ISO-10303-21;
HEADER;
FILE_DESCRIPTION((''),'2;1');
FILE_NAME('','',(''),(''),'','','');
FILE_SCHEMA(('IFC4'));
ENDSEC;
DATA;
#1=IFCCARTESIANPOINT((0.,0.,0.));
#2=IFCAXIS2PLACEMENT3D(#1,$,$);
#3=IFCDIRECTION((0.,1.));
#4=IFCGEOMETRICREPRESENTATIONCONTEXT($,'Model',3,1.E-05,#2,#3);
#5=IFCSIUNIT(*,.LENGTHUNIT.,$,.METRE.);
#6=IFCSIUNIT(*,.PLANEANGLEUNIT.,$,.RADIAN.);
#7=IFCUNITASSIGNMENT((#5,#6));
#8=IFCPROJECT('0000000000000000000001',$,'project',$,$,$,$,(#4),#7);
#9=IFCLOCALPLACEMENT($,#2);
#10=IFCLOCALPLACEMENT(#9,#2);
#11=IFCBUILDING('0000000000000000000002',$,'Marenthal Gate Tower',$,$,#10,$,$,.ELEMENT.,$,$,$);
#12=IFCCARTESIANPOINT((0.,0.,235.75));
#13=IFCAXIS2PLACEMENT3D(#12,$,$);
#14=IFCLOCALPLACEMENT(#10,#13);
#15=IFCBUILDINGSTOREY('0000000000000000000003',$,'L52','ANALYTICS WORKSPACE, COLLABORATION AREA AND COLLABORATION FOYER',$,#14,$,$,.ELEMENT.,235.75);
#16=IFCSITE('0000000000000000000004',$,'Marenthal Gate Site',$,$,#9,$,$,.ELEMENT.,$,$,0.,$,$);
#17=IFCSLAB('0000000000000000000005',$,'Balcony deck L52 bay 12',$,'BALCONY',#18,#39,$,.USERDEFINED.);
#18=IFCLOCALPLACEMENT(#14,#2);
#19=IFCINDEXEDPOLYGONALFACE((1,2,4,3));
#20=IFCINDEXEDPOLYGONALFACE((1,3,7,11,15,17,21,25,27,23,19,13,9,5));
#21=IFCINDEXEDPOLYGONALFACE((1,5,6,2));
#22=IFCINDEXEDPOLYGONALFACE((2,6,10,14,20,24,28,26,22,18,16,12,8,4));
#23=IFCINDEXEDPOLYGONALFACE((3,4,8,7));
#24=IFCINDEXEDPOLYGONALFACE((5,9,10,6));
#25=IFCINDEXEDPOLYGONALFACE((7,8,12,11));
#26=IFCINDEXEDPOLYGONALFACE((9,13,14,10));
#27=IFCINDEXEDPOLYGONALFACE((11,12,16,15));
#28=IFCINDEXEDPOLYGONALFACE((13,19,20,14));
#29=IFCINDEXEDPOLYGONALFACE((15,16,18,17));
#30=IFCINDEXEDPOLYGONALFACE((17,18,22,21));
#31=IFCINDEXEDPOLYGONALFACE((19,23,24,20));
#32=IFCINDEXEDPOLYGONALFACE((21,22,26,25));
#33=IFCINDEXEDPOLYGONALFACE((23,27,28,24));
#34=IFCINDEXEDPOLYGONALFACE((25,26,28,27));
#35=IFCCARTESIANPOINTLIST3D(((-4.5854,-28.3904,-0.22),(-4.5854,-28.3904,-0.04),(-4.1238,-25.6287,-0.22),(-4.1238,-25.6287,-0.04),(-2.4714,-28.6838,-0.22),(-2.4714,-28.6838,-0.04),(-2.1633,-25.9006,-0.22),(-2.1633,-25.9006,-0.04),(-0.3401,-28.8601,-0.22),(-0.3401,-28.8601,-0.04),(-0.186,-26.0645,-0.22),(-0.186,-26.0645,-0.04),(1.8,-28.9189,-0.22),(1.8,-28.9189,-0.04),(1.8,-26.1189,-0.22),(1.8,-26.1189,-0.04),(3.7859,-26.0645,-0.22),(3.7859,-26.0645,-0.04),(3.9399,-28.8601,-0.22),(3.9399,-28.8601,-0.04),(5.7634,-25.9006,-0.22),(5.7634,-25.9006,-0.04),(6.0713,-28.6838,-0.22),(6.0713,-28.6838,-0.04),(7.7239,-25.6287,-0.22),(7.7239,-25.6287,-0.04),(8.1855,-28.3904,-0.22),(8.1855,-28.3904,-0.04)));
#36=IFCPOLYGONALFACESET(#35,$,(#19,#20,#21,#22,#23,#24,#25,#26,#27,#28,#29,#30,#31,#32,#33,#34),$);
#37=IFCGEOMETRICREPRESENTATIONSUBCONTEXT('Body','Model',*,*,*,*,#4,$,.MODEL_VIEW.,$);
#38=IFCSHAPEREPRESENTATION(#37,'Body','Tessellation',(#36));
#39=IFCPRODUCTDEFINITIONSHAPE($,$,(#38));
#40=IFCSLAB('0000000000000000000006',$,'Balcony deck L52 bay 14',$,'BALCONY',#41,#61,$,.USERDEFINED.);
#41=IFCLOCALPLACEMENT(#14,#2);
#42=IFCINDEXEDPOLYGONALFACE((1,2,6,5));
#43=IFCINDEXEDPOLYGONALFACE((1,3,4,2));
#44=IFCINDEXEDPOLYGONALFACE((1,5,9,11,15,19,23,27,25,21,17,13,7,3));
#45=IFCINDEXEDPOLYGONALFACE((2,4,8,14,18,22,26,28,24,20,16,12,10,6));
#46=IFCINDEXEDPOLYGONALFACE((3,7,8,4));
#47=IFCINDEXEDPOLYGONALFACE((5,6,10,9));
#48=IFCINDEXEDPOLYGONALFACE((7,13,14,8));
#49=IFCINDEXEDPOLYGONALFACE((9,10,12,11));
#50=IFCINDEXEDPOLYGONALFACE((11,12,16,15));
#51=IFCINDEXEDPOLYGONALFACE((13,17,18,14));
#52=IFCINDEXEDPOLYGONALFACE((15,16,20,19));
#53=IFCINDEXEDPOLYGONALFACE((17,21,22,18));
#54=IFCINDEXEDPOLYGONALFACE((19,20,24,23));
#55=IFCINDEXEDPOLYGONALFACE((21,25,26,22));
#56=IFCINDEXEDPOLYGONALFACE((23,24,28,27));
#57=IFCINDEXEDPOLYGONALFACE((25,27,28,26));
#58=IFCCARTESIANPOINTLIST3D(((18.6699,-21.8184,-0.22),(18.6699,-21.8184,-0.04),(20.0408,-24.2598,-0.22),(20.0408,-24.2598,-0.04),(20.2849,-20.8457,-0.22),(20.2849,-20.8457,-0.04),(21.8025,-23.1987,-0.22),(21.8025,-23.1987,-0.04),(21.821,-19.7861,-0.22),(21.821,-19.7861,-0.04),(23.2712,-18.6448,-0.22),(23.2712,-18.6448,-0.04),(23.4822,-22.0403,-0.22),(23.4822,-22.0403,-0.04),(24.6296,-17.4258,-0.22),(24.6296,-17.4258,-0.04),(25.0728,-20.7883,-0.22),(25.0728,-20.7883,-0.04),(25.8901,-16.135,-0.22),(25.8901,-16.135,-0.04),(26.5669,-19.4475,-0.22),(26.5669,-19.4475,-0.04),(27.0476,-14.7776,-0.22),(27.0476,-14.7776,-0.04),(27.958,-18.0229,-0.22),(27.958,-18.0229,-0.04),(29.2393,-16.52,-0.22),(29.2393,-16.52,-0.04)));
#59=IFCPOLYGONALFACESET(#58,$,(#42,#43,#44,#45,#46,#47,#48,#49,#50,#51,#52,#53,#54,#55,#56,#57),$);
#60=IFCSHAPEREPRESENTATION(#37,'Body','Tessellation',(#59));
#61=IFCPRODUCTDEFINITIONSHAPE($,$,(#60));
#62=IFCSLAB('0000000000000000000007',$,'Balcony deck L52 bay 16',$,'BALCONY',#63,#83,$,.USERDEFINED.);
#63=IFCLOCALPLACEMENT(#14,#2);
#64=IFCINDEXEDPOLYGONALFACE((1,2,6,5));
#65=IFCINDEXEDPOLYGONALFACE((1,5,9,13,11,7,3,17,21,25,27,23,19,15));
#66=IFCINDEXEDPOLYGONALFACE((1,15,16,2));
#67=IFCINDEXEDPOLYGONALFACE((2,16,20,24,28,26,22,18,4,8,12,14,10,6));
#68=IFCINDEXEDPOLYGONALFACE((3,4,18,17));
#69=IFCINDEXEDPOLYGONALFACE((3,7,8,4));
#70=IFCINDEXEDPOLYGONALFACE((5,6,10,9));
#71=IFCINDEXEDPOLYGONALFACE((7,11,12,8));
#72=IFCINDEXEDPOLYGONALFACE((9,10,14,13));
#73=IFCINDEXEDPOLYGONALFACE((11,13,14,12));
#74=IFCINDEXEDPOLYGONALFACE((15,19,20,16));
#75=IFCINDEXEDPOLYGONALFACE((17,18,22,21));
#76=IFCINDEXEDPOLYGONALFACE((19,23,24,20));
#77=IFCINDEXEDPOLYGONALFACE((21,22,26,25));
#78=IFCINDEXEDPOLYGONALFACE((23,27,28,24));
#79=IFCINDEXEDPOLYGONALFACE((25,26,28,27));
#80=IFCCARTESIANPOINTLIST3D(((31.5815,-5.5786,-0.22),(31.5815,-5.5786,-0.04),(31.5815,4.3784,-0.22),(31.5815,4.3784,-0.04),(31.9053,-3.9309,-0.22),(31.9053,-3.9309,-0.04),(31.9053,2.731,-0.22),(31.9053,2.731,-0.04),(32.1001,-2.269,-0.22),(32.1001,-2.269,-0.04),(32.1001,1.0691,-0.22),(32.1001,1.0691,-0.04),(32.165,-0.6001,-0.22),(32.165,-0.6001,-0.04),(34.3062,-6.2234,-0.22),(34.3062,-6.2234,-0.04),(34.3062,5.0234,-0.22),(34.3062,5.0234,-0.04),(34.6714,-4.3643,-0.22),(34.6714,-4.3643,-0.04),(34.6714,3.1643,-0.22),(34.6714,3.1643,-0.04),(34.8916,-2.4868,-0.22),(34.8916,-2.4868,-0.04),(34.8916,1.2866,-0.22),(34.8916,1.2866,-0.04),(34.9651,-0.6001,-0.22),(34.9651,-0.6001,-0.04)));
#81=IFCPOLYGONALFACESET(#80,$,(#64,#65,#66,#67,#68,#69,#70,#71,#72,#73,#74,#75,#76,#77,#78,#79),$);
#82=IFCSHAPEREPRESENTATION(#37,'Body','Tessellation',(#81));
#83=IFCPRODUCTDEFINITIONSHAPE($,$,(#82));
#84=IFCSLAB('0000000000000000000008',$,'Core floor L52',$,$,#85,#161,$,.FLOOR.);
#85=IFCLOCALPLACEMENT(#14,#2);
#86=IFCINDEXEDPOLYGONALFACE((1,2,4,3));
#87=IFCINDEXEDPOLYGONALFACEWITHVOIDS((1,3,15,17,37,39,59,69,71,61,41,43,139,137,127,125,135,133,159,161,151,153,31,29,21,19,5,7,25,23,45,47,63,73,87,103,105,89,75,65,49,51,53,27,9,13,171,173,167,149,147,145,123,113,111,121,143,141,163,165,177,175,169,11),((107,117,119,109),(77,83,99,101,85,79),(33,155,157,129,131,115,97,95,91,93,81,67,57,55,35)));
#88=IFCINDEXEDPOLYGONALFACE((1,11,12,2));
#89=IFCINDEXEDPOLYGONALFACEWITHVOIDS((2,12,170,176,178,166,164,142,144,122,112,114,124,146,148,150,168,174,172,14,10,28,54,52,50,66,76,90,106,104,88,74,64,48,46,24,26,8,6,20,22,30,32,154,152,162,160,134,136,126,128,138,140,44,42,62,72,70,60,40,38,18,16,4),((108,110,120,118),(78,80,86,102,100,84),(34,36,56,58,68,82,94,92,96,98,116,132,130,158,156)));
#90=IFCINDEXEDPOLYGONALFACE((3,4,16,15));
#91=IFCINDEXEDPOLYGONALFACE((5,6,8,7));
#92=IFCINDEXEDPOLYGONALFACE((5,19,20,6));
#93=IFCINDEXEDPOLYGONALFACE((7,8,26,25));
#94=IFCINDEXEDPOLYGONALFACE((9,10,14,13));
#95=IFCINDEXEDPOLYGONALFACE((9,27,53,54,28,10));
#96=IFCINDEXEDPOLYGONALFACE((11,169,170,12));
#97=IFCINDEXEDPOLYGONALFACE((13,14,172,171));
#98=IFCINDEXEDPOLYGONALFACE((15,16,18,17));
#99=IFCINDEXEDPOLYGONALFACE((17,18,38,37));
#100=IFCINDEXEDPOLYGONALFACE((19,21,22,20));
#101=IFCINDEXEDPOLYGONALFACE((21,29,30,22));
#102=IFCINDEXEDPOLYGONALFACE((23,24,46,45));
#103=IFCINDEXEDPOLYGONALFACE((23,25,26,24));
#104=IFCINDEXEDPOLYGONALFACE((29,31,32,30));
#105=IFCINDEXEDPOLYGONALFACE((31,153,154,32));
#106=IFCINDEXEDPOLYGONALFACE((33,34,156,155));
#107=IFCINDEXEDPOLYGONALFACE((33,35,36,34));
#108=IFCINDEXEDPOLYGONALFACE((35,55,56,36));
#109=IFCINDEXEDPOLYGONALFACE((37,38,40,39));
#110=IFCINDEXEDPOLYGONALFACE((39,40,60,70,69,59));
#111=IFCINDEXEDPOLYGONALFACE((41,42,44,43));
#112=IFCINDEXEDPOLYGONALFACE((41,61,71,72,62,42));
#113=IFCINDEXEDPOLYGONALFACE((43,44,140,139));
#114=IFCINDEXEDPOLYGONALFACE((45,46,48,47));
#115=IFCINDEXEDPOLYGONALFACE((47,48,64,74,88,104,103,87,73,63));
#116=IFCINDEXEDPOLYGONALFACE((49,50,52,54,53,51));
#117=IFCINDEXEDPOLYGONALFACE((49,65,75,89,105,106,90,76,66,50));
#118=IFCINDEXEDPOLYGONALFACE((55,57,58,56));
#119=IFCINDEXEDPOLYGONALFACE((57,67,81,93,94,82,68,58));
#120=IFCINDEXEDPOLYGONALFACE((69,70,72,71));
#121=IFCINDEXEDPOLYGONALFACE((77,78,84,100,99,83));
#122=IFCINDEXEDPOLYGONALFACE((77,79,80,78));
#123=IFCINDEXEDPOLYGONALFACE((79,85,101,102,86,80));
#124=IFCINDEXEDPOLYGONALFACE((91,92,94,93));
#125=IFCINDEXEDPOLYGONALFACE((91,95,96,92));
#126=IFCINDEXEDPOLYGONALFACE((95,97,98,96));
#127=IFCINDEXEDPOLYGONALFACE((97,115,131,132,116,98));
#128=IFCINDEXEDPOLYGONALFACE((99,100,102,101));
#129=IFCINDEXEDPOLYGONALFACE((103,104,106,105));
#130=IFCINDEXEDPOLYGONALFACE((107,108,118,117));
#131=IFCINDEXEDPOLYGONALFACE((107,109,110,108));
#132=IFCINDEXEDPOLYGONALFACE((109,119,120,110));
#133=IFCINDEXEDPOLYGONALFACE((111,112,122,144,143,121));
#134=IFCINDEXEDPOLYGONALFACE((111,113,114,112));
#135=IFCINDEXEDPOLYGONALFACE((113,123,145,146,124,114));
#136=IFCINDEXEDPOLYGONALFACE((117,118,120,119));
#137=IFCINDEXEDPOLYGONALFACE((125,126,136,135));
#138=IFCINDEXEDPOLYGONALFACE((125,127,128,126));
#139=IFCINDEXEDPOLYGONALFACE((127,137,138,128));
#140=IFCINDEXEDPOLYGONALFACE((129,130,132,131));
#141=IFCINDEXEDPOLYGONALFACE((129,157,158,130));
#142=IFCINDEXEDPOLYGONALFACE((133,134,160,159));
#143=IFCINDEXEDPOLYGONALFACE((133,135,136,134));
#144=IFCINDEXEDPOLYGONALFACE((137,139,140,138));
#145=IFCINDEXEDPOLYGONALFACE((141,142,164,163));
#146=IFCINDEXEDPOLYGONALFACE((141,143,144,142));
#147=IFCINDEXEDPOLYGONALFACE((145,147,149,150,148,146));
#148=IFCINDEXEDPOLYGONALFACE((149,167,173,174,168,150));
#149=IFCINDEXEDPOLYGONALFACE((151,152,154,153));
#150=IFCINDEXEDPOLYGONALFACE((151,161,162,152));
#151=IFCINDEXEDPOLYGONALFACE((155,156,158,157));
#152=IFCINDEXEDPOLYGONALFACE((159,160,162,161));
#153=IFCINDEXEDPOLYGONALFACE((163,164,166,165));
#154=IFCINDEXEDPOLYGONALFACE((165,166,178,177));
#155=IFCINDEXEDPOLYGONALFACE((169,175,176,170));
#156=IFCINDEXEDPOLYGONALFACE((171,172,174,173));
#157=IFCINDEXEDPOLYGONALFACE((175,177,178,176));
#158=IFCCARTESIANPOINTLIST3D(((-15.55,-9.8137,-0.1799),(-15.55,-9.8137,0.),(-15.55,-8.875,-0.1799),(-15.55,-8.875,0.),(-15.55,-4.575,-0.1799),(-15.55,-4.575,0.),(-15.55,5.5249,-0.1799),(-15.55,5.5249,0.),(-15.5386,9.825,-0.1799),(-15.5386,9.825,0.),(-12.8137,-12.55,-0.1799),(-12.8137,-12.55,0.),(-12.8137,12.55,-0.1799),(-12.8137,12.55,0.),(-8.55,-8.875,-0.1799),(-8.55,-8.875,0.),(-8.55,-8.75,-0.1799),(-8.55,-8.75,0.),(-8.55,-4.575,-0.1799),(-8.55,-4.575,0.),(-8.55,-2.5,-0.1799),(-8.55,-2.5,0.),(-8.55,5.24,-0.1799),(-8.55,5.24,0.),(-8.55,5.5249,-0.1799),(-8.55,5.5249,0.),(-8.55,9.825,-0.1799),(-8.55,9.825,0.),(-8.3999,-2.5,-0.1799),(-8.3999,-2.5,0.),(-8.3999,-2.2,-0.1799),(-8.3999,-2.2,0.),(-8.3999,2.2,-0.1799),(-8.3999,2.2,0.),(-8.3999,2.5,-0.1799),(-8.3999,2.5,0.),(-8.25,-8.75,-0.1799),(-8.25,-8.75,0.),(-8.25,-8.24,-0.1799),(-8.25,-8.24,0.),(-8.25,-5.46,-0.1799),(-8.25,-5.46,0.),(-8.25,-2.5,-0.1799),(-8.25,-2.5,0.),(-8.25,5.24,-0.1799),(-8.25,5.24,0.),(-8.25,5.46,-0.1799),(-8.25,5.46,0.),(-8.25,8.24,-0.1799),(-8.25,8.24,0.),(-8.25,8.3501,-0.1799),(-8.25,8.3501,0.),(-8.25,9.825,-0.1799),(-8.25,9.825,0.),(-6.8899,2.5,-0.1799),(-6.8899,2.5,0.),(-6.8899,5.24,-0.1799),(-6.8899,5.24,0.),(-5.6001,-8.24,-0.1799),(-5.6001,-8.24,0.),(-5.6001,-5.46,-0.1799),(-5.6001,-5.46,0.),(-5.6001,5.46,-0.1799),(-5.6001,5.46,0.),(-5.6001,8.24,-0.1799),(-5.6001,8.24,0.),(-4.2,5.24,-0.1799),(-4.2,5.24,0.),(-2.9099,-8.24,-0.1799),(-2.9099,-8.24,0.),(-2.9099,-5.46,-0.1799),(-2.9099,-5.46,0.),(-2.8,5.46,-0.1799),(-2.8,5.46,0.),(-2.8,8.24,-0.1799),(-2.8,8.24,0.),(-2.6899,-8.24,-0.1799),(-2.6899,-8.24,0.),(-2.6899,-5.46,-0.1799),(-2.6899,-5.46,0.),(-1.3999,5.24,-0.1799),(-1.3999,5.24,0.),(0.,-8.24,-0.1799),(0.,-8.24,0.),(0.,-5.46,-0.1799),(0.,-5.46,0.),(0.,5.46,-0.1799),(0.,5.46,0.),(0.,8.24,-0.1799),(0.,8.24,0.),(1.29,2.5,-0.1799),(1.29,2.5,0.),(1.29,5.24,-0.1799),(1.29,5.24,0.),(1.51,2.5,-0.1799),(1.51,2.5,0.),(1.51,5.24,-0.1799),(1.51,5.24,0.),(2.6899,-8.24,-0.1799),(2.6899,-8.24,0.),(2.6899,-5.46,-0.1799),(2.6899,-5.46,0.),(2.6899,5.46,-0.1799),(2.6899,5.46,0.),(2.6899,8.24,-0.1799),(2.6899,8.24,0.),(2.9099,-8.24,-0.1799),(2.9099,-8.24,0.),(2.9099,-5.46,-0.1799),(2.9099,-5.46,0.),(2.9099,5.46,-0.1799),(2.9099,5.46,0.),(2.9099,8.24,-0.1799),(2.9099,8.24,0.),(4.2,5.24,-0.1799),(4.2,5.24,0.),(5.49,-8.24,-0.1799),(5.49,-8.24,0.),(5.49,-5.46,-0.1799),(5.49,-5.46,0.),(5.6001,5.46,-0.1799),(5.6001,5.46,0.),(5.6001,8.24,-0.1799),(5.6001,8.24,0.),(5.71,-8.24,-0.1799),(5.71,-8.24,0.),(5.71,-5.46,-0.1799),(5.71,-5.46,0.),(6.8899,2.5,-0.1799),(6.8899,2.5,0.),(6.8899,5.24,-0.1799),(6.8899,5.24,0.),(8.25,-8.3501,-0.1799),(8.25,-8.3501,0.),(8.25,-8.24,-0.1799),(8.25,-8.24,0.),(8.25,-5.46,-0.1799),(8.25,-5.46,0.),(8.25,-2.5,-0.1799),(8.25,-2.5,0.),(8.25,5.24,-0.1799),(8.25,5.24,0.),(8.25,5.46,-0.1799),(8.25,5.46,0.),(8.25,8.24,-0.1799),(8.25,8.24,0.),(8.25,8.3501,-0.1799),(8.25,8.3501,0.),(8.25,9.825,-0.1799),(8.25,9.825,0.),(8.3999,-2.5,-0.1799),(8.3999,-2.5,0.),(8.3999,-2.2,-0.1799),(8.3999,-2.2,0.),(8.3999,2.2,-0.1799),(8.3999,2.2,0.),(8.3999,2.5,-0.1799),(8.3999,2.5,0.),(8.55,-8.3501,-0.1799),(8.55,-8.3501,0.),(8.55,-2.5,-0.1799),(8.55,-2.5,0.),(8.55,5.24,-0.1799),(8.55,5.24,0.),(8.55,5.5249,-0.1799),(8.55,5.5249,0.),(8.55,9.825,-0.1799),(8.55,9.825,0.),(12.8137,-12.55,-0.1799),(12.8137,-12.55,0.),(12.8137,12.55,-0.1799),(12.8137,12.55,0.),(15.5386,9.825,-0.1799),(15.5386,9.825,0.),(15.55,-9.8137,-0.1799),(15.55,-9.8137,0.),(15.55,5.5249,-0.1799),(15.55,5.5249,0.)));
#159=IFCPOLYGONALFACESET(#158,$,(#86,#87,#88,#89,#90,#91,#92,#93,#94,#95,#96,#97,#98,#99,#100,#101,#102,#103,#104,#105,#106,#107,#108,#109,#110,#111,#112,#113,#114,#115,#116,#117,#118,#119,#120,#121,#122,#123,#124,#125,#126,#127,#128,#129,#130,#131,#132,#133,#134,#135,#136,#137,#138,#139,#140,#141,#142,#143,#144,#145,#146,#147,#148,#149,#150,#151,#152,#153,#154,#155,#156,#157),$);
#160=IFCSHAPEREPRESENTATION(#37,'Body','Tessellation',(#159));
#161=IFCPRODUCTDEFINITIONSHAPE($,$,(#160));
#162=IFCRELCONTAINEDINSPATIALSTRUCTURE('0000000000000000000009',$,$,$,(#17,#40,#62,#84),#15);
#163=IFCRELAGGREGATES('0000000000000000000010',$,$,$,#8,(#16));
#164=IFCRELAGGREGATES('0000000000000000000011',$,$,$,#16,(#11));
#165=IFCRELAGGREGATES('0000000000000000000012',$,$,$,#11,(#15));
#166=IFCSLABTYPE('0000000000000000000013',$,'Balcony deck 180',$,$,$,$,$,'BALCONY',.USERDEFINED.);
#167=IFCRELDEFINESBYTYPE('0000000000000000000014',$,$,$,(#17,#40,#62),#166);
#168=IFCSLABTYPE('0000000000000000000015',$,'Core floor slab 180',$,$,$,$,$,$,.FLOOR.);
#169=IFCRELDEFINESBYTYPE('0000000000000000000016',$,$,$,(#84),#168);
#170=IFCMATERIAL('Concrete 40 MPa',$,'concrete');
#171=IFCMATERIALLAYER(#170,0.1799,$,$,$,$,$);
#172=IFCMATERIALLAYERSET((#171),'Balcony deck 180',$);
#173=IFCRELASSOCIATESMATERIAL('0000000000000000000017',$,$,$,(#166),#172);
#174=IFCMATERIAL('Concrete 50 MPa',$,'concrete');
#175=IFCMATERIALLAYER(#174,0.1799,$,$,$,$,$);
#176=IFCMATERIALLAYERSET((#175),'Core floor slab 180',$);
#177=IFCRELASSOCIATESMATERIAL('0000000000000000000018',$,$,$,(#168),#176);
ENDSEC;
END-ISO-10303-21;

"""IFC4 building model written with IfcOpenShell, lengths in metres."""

from ifc_helpers import new_model, si_unit, direction, frame, origin, place, context, subcontext, project, spatial, polyline, outline, extrude, material, layer, layer_set, type_object, element, save


model = new_model("IFC4")

# Units and contexts
model_context = context("Model", 3, precision=1e-05, world=origin(), true_north=direction((0.0, 1.0)))
body_context = subcontext(model_context, "Body", "Model", "MODEL_VIEW")
ifc_project = project(units=[si_unit("LENGTHUNIT", "METRE"), si_unit("PLANEANGLEUNIT", "RADIAN")], contexts=[model_context])

# Site, building, storey
site_placement = place(None, origin())
site = spatial("IfcSite", under=ifc_project, at=site_placement, Name="Marenthal Gate Site", CompositionType="ELEMENT", RefElevation=0.0)
building_placement = place(site_placement, origin())
building = spatial("IfcBuilding", under=site, at=building_placement, Name="Marenthal Gate Tower", CompositionType="ELEMENT")
storey_placement = place(building_placement, frame((0.0, 0.0, 235.75)))
storey = spatial("IfcBuildingStorey", under=building, at=storey_placement, Name="L52", Description="ANALYTICS WORKSPACE, COLLABORATION AREA AND COLLABORATION FOYER", CompositionType="ELEMENT", Elevation=235.75)

# Slabs
ifc_material_1 = material(Name="Concrete 40 MPa", Category="concrete")
ifc_layer_1 = layer(ifc_material_1, 0.1799)
ifc_layer_set_1 = layer_set([ifc_layer_1], Name="Balcony deck 180")
slab_type_1 = type_object("IfcSlabType", Name="Balcony deck 180", ElementType="BALCONY", PredefinedType="USERDEFINED", material=ifc_layer_set_1)
slab_1_placement = place(storey_placement, frame((0.0, 0.0, -0.22)))
element("IfcSlab", 1, at=slab_1_placement, inside=storey, type_object=slab_type_1, Name="Balcony deck L52 bay 12", ObjectType="BALCONY", PredefinedType="USERDEFINED", context=body_context, shape_type="SweptSolid", body=[
    extrude(outline(polyline([(-4.1238, -25.6287), (-2.1633, -25.9006), (-0.186, -26.0645), (1.8, -26.1189), (3.7859, -26.0645), (5.7634, -25.9006), (7.7239, -25.6287), (8.1855, -28.3904), (6.0713, -28.6838), (3.9399, -28.8601), (1.8, -28.9189), (-0.3401, -28.8601), (-2.4714, -28.6838), (-4.5854, -28.3904), (-4.1238, -25.6287)])), origin(), (0.0, 0.0, 1.0), 0.1799),
])
slab_2_placement = place(storey_placement, frame((0.0, 0.0, -0.22)))
element("IfcSlab", 2, at=slab_2_placement, inside=storey, type_object=slab_type_1, Name="Balcony deck L52 bay 14", ObjectType="BALCONY", PredefinedType="USERDEFINED", context=body_context, shape_type="SweptSolid", body=[
    extrude(outline(polyline([(18.6699, -21.8184), (20.2849, -20.8457), (21.821, -19.7861), (23.2712, -18.6448), (24.6296, -17.4258), (25.8901, -16.135), (27.0476, -14.7776), (29.2393, -16.52), (27.958, -18.0229), (26.5669, -19.4475), (25.0728, -20.7883), (23.4822, -22.0403), (21.8025, -23.1987), (20.0408, -24.2598), (18.6699, -21.8184)])), origin(), (0.0, 0.0, 1.0), 0.1799),
])
slab_3_placement = place(storey_placement, frame((0.0, 0.0, -0.22)))
element("IfcSlab", 3, at=slab_3_placement, inside=storey, type_object=slab_type_1, Name="Balcony deck L52 bay 16", ObjectType="BALCONY", PredefinedType="USERDEFINED", context=body_context, shape_type="SweptSolid", body=[
    extrude(outline(polyline([(31.5815, -5.5786), (31.9053, -3.9309), (32.1001, -2.269), (32.165, -0.6001), (32.1001, 1.0691), (31.9053, 2.731), (31.5815, 4.3784), (34.3062, 5.0234), (34.6714, 3.1643), (34.8916, 1.2866), (34.9651, -0.6001), (34.8916, -2.4868), (34.6714, -4.3643), (34.3062, -6.2234), (31.5815, -5.5786)])), origin(), (0.0, 0.0, 1.0), 0.1799),
])
ifc_material_2 = material(Name="Concrete 50 MPa", Category="concrete")
ifc_layer_2 = layer(ifc_material_2, 0.1799)
ifc_layer_set_2 = layer_set([ifc_layer_2], Name="Core floor slab 180")
slab_type_2 = type_object("IfcSlabType", Name="Core floor slab 180", PredefinedType="FLOOR", material=ifc_layer_set_2)
slab_4_placement = place(storey_placement, frame((0.0, 0.0, -0.1799)))
element("IfcSlab", 4, at=slab_4_placement, inside=storey, type_object=slab_type_2, Name="Core floor L52", PredefinedType="FLOOR", context=body_context, shape_type="SweptSolid", body=[
    extrude(outline(polyline([(12.8137, -12.55), (-12.8137, -12.55), (-15.55, -9.8137), (-15.55, -8.875), (-8.55, -8.875), (-8.55, -8.75), (-8.25, -8.75), (-8.25, -8.24), (-5.6001, -8.24), (-2.9099, -8.24), (-2.9099, -5.46), (-5.6001, -5.46), (-8.25, -5.46), (-8.25, -2.5), (8.25, -2.5), (8.25, -5.46), (5.71, -5.46), (5.71, -8.24), (8.25, -8.24), (8.25, -8.3501), (8.55, -8.3501), (8.55, -2.5), (8.3999, -2.5), (8.3999, -2.2), (-8.3999, -2.2), (-8.3999, -2.5), (-8.55, -2.5), (-8.55, -4.575), (-15.55, -4.575), (-15.55, 5.5249), (-8.55, 5.5249), (-8.55, 5.24), (-8.25, 5.24), (-8.25, 5.46), (-5.6001, 5.46), (-2.8, 5.46), (0.0, 5.46), (2.6899, 5.46), (2.6899, 8.24), (0.0, 8.24), (-2.8, 8.24), (-5.6001, 8.24), (-8.25, 8.24), (-8.25, 8.3501), (-8.25, 9.825), (-8.55, 9.825), (-15.5386, 9.825), (-12.8137, 12.55), (12.8137, 12.55), (15.5386, 9.825), (8.55, 9.825), (8.25, 9.825), (8.25, 8.3501), (8.25, 8.24), (5.6001, 8.24), (2.9099, 8.24), (2.9099, 5.46), (5.6001, 5.46), (8.25, 5.46), (8.25, 5.24), (8.55, 5.24), (8.55, 5.5249), (15.55, 5.5249), (15.55, -9.8137), (12.8137, -12.55)]), holes=[polyline([(2.6899, -8.24), (2.6899, -5.46), (0.0, -5.46), (-2.6899, -5.46), (-2.6899, -8.24), (0.0, -8.24), (2.6899, -8.24)]), polyline([(-6.8899, 5.24), (-6.8899, 2.5), (-8.3999, 2.5), (-8.3999, 2.2), (8.3999, 2.2), (8.3999, 2.5), (6.8899, 2.5), (6.8899, 5.24), (4.2, 5.24), (1.51, 5.24), (1.51, 2.5), (1.29, 2.5), (1.29, 5.24), (-1.3999, 5.24), (-4.2, 5.24), (-6.8899, 5.24)]), polyline([(5.49, -8.24), (5.49, -5.46), (2.9099, -5.46), (2.9099, -8.24), (5.49, -8.24)])]), origin(), (0.0, 0.0, 1.0), 0.1799),
])

save(model, "model.ifc")
